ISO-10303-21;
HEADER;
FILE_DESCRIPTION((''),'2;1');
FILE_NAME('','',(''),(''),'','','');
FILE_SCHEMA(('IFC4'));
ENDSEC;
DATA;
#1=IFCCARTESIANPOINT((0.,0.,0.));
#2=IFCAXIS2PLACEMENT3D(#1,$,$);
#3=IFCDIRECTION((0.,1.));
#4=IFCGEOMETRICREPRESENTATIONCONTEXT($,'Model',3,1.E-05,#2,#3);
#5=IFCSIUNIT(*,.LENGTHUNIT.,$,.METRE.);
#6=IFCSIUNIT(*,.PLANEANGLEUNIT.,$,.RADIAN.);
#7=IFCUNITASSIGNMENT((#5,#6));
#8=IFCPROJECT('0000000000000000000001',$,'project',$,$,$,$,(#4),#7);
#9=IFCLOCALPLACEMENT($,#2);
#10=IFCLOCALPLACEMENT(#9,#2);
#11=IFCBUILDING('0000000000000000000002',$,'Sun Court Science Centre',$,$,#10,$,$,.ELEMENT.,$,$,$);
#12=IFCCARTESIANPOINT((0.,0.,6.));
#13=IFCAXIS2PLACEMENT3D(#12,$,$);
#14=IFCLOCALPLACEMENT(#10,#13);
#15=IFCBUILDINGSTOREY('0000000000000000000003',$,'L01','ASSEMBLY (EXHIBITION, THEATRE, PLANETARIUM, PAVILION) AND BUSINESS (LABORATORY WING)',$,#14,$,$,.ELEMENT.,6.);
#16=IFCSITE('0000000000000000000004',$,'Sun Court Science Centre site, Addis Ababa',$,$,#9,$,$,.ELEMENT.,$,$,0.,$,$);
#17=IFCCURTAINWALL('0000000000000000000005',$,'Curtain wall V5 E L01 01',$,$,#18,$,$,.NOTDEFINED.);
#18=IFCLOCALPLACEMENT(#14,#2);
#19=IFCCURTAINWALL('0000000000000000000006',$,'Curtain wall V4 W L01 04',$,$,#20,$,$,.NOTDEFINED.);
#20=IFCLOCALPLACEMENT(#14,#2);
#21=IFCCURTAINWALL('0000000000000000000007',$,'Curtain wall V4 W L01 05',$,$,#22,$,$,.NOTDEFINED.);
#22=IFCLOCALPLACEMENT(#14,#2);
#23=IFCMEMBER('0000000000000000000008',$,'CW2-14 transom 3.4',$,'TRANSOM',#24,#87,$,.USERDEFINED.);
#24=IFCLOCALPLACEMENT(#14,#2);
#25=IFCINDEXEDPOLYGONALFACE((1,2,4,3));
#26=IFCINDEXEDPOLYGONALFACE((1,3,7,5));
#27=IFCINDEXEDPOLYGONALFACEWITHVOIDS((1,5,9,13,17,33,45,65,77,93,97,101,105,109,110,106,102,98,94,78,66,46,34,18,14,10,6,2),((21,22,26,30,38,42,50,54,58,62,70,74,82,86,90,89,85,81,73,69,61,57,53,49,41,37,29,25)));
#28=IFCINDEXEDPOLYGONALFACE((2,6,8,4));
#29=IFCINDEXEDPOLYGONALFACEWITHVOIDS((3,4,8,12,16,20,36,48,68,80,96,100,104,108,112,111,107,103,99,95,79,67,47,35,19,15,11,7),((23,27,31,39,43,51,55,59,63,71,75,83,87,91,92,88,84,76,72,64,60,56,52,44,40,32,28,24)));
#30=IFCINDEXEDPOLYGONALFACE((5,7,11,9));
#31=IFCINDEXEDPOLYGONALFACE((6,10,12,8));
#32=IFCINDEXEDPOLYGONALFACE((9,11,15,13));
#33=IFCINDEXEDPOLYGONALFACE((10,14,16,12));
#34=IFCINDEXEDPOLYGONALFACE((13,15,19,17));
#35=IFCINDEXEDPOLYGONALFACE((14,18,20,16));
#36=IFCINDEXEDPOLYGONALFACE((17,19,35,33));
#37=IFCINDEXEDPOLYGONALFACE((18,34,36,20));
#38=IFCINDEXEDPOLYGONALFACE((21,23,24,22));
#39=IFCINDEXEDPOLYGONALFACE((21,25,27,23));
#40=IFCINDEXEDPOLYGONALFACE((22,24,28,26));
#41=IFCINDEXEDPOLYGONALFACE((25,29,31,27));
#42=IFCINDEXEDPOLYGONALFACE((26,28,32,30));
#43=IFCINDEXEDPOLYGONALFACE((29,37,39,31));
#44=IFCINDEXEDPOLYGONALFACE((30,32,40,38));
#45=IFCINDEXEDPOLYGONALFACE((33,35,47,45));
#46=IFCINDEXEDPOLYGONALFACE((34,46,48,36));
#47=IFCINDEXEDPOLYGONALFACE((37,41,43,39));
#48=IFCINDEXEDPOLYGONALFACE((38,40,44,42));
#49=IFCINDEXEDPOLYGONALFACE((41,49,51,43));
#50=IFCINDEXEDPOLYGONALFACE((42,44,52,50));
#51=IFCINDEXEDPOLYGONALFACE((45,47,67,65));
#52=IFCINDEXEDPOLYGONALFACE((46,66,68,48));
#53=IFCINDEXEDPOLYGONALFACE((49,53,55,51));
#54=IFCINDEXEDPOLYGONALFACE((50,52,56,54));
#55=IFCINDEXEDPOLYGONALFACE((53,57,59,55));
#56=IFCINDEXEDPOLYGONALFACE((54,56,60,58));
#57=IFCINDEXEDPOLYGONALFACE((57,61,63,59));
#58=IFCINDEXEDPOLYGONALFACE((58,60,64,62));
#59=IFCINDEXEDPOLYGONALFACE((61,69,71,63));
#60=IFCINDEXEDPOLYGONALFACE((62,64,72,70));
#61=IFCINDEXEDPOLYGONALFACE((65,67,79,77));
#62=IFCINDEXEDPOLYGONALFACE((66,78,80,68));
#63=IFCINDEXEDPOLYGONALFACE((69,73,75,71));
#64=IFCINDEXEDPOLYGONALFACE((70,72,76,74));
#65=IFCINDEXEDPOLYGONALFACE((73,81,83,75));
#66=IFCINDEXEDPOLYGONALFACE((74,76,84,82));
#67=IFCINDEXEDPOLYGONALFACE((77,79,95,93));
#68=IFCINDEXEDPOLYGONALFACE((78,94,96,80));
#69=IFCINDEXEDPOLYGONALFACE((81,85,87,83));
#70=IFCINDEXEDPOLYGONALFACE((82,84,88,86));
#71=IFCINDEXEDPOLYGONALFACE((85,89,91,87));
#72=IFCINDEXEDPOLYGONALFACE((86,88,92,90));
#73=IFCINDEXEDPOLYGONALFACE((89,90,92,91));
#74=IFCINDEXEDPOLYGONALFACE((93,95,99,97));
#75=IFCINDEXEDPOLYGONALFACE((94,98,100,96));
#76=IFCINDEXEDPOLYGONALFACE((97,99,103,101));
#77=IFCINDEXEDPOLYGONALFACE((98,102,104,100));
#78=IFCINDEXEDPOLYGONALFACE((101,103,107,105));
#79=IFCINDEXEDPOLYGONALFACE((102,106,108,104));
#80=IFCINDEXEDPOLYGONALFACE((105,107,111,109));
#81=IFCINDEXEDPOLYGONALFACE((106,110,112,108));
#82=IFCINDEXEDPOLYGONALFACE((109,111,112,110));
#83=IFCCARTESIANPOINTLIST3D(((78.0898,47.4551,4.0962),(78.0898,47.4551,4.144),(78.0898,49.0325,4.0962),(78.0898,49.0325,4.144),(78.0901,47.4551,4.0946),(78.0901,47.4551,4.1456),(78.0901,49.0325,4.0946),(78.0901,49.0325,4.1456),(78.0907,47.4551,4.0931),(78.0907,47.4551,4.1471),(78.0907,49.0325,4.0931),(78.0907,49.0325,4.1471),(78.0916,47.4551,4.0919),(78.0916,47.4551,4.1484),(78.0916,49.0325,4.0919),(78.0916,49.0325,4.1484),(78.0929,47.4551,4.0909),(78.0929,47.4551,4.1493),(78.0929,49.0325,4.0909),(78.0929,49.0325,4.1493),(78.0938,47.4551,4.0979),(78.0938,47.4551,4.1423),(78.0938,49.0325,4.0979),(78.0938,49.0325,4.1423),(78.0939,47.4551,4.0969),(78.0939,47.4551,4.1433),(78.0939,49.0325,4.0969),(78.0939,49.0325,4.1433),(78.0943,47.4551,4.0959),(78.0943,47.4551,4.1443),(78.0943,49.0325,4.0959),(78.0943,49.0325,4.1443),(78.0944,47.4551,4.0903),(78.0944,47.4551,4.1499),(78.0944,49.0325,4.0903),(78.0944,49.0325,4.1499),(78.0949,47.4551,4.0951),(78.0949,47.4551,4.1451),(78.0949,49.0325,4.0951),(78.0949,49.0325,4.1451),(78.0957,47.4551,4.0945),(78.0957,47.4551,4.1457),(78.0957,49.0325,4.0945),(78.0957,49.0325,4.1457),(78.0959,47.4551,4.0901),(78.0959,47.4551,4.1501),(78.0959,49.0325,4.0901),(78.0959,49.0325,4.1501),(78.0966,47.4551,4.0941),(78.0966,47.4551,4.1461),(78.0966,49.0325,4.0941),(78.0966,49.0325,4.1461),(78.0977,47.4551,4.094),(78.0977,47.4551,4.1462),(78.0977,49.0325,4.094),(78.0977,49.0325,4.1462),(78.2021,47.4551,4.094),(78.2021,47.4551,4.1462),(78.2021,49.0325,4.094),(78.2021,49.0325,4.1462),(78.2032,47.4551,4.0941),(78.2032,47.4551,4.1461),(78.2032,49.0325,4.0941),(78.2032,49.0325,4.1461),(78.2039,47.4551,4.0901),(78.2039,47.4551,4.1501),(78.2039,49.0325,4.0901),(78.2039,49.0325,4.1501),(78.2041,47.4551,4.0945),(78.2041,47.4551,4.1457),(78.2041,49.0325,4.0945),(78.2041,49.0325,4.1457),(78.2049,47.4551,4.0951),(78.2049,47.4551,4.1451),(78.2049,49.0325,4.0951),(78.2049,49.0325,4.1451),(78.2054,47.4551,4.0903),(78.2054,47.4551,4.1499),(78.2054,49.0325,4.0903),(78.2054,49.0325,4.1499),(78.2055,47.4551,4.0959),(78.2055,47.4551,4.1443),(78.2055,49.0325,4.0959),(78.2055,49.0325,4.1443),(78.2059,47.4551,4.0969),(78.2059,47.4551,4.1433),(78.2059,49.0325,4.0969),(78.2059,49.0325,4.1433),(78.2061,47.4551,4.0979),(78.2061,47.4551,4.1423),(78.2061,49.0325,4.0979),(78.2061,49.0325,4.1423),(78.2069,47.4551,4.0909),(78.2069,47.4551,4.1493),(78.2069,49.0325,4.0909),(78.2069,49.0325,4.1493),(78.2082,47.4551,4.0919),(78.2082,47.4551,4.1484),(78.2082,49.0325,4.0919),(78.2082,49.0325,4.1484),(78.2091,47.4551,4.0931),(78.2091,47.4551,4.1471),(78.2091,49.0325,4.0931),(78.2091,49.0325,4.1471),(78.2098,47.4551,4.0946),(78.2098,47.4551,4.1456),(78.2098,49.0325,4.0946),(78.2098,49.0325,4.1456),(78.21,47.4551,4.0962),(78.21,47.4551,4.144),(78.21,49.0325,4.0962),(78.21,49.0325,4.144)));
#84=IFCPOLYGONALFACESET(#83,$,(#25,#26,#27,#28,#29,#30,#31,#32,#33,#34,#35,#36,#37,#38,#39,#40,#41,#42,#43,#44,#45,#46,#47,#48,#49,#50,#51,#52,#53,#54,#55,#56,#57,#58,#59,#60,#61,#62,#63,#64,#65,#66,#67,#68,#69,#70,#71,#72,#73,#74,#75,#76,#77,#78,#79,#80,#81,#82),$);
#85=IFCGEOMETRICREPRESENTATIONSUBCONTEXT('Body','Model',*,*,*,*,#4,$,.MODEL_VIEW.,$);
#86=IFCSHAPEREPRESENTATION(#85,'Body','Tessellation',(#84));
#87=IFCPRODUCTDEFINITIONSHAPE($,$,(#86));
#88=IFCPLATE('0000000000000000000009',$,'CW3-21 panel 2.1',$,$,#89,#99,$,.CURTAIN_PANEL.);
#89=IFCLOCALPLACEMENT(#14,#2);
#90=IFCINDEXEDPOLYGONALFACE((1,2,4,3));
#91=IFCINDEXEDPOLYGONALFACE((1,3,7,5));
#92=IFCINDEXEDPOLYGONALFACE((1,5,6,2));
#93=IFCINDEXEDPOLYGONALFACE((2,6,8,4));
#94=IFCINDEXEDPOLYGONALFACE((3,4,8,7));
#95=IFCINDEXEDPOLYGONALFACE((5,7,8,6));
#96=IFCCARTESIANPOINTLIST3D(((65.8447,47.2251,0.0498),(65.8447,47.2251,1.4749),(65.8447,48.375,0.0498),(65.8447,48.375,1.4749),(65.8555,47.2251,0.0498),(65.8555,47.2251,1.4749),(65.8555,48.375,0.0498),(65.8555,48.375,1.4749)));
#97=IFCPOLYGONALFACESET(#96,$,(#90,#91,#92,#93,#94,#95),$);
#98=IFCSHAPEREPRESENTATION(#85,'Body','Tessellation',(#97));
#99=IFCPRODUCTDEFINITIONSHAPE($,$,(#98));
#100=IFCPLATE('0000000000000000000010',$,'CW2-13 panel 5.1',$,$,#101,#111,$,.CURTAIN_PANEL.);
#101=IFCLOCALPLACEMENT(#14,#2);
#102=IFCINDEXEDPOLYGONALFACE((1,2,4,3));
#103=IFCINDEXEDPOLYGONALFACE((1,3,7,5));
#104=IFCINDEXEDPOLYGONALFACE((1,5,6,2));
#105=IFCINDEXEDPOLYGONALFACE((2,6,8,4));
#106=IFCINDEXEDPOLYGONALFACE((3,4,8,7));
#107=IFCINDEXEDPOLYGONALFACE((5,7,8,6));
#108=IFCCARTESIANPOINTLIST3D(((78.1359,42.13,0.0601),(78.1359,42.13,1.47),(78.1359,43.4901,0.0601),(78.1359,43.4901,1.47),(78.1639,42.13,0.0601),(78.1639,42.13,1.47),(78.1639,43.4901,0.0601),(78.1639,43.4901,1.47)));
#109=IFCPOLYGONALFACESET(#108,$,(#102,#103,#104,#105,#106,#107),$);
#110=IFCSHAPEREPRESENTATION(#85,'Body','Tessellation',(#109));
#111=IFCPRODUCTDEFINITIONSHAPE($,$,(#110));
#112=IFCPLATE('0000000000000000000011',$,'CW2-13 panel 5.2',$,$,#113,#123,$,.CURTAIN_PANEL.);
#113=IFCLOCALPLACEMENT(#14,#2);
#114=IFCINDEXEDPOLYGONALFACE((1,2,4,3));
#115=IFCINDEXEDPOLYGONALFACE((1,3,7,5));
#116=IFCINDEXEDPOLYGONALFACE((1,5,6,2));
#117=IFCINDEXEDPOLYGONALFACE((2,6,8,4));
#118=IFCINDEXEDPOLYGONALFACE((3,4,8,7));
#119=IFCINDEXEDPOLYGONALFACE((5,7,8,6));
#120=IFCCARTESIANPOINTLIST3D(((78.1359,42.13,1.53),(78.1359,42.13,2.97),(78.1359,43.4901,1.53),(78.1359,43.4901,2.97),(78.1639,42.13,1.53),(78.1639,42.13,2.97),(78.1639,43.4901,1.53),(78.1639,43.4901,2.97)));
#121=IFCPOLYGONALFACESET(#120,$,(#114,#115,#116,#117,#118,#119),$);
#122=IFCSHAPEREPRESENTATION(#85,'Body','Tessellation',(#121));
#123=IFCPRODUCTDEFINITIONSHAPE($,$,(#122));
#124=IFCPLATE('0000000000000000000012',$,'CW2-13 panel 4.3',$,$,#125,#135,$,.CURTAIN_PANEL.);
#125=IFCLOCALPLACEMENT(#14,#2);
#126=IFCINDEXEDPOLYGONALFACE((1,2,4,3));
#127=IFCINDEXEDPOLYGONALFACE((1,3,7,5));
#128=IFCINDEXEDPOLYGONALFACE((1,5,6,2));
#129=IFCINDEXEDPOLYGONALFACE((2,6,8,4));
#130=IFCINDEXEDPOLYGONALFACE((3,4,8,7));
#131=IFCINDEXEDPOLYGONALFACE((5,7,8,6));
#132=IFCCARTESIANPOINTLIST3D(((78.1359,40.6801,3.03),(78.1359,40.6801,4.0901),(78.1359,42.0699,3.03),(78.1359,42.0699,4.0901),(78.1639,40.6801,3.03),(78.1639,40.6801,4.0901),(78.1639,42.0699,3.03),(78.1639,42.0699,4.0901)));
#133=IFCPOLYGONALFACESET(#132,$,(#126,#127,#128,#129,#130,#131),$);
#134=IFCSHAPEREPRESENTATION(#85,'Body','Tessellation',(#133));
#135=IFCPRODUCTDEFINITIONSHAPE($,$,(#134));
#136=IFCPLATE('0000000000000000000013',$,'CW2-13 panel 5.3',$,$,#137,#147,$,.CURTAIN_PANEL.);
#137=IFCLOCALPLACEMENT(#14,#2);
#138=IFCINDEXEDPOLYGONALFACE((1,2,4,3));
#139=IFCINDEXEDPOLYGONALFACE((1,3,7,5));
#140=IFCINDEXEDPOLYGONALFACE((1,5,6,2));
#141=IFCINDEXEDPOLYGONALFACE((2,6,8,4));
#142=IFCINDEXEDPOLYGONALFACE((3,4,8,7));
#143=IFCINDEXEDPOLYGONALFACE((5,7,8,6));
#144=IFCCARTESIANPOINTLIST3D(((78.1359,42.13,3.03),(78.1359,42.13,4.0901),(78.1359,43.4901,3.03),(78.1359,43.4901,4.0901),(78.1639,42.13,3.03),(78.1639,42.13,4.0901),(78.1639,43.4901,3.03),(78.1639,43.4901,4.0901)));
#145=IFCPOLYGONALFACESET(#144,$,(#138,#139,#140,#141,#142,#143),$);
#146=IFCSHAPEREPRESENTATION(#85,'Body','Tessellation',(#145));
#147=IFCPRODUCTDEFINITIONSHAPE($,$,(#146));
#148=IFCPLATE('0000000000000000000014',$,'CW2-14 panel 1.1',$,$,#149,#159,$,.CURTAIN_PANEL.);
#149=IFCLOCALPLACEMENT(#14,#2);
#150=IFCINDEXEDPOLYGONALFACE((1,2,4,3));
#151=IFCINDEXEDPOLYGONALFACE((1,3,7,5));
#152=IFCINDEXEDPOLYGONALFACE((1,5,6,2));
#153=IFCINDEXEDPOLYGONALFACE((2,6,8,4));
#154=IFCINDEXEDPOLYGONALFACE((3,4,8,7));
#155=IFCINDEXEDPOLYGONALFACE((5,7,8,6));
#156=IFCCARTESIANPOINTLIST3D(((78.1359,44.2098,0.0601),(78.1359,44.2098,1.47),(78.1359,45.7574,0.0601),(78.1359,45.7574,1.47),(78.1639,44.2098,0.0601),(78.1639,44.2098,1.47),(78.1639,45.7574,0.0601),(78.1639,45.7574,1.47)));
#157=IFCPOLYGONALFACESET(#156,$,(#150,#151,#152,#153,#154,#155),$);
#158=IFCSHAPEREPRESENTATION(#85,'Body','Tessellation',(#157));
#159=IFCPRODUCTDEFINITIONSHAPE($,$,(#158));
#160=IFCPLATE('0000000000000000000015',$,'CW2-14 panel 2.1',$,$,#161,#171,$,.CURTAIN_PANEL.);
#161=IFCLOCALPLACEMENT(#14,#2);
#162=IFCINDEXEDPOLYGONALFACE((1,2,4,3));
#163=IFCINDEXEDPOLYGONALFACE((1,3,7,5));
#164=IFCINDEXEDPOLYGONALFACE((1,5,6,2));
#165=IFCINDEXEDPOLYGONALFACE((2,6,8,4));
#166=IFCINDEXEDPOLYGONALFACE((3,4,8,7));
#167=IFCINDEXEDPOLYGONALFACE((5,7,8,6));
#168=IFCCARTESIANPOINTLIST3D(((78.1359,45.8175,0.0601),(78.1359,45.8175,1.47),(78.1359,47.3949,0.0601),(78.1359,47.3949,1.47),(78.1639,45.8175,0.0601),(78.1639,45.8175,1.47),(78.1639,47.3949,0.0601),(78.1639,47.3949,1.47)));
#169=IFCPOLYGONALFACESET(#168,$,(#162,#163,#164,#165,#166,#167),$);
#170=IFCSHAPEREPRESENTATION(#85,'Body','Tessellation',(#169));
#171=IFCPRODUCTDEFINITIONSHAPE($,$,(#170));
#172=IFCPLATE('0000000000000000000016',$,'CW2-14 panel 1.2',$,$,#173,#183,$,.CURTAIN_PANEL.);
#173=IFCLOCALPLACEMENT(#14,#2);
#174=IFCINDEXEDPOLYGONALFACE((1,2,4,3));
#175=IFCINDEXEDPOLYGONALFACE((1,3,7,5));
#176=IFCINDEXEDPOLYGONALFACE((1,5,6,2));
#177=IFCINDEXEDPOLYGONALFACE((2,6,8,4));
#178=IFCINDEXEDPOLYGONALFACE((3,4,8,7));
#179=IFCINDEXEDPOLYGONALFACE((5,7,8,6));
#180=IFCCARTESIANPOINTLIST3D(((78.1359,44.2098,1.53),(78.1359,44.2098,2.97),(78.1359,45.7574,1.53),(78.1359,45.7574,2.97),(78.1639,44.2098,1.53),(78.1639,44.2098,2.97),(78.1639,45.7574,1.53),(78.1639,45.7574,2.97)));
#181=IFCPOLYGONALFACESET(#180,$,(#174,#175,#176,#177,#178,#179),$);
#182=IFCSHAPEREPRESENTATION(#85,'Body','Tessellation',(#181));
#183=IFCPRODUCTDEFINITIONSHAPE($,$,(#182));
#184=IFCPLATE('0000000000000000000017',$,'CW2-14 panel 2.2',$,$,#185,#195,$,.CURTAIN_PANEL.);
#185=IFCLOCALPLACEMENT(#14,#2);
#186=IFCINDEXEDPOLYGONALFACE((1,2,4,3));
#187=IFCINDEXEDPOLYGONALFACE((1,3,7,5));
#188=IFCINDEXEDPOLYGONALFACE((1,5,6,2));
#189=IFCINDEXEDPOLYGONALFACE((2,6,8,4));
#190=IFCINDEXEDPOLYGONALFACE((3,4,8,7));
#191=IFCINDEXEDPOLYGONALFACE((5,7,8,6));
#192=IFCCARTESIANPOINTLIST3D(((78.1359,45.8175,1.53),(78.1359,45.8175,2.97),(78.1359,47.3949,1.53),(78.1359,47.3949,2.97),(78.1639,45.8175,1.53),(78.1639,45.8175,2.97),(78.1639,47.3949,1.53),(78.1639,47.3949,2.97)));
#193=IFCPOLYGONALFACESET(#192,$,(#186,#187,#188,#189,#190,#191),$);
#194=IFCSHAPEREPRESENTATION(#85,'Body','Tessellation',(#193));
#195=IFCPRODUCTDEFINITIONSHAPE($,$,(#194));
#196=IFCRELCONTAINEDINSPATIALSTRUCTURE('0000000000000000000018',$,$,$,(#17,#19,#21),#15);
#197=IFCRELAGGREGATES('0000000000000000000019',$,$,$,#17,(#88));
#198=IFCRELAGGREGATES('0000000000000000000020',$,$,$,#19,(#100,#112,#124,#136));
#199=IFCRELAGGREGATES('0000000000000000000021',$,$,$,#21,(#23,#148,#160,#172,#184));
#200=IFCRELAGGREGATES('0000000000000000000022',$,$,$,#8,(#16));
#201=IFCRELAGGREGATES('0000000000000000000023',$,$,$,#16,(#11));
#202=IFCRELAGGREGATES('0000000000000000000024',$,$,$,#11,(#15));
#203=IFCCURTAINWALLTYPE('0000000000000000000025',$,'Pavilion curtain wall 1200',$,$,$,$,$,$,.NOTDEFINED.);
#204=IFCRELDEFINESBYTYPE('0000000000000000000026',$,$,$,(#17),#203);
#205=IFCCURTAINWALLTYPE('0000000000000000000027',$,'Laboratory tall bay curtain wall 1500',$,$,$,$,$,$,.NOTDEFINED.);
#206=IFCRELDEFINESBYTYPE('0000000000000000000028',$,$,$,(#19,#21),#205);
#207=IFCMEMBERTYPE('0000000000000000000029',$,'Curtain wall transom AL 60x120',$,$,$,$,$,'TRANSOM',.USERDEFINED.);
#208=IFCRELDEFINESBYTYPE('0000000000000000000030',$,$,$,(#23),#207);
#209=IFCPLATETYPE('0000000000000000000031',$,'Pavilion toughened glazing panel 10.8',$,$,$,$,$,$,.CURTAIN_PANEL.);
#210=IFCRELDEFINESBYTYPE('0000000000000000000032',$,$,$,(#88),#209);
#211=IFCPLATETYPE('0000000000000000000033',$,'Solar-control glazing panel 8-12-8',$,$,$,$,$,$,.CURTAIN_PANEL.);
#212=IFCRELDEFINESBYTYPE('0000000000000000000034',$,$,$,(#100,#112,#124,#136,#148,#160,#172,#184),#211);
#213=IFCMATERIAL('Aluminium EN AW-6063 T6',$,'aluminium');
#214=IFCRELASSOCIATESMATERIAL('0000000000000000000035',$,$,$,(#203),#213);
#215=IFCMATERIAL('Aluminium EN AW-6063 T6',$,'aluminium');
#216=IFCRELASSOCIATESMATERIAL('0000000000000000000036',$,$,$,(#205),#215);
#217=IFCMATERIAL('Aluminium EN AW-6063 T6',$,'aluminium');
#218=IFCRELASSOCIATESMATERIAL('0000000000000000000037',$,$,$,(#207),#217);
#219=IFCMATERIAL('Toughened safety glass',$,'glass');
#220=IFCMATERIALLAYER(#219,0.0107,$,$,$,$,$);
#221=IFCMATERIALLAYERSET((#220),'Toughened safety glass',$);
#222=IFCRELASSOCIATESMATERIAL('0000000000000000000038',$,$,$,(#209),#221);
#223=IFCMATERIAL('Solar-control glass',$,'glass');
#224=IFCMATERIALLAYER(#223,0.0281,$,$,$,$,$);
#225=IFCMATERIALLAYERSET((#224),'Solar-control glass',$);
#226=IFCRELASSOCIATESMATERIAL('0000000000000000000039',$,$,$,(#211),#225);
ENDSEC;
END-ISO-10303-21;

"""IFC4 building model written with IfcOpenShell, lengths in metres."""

from ifc_helpers import new_model, si_unit, direction, frame, origin, origin_2d, place, context, subcontext, project, spatial, rectangle, hollow_rectangle, extrude, material, layer, layer_set, material_profile, profile_set, type_object, element, aggregate, save


model = new_model("IFC4")

# Units and contexts
model_context = context("Model", 3, precision=1e-05, world=origin(), true_north=direction((0.0, 1.0)))
body_context = subcontext(model_context, "Body", "Model", "MODEL_VIEW")
ifc_project = project(units=[si_unit("LENGTHUNIT", "METRE"), si_unit("PLANEANGLEUNIT", "RADIAN")], contexts=[model_context])

# Site, building, storey
site_placement = place(None, origin())
site = spatial("IfcSite", under=ifc_project, at=site_placement, Name="Sun Court Science Centre site, Addis Ababa", CompositionType="ELEMENT", RefElevation=0.0)
building_placement = place(site_placement, origin())
building = spatial("IfcBuilding", under=site, at=building_placement, Name="Sun Court Science Centre", CompositionType="ELEMENT")
storey_placement = place(building_placement, frame((0.0, 0.0, 6.0)))
storey = spatial("IfcBuildingStorey", under=building, at=storey_placement, Name="L01", Description="ASSEMBLY (EXHIBITION, THEATRE, PLANETARIUM, PAVILION) AND BUSINESS (LABORATORY WING)", CompositionType="ELEMENT", Elevation=6.0)

# Curtain wall
ifc_material_1 = material(Name="Aluminium EN AW-6063 T6", Category="aluminium")
curtain_wall_type_1 = type_object("IfcCurtainWallType", Name="Pavilion curtain wall 1200", PredefinedType="NOTDEFINED", material=ifc_material_1)
curtain_wall_1_placement = place(storey_placement, origin())
curtain_wall_1 = element("IfcCurtainWall", 1, at=curtain_wall_1_placement, inside=storey, type_object=curtain_wall_type_1, Name="Curtain wall V5 E L01 01", PredefinedType="NOTDEFINED")

# Curtain walls
ifc_material_2 = material(Name="Aluminium EN AW-6063 T6", Category="aluminium")
curtain_wall_type_2 = type_object("IfcCurtainWallType", Name="Laboratory tall bay curtain wall 1500", PredefinedType="NOTDEFINED", material=ifc_material_2)
curtain_wall_2_placement = place(storey_placement, origin())
curtain_wall_2 = element("IfcCurtainWall", 2, at=curtain_wall_2_placement, inside=storey, type_object=curtain_wall_type_2, Name="Curtain wall V4 W L01 04", PredefinedType="NOTDEFINED")
curtain_wall_3_placement = place(storey_placement, origin())
curtain_wall_3 = element("IfcCurtainWall", 3, at=curtain_wall_3_placement, inside=storey, type_object=curtain_wall_type_2, Name="Curtain wall V4 W L01 05", PredefinedType="NOTDEFINED")

# Member
ifc_material_3 = material(Name="Aluminium EN AW-6063 T6", Category="aluminium")
ifc_material_profile_1 = material_profile(ifc_material_3, hollow_rectangle(XDim=0.0601, YDim=0.1201, WallThickness=0.0039, InnerFilletRadius=0.0039, OuterFilletRadius=0.0061, at=origin_2d()), Name="AL 60x120x4")
ifc_profile_set_1 = profile_set([ifc_material_profile_1], Name="Aluminium EN AW-6063 T6")
member_type_1 = type_object("IfcMemberType", Name="Curtain wall transom AL 60x120", ElementType="TRANSOM", PredefinedType="USERDEFINED", material=ifc_profile_set_1)
member_1_placement = place(storey_placement, frame((78.1499, 47.4551, 4.1201), z_axis=(0.0, 1.0, 0.0), x_axis=(0.0, 0.0, 1.0)))
member_1 = element("IfcMember", 4, at=member_1_placement, type_object=member_type_1, Name="CW2-14 transom 3.4", ObjectType="TRANSOM", PredefinedType="USERDEFINED", context=body_context, shape_type="SweptSolid", body=[
    extrude(hollow_rectangle(XDim=0.0601, YDim=0.1201, WallThickness=0.0039, InnerFilletRadius=0.0039, OuterFilletRadius=0.0061, at=origin_2d()), origin(), (0.0, 0.0, 1.0), 1.5774),
])

# Plates
ifc_material_4 = material(Name="Toughened safety glass", Category="glass")
ifc_layer_1 = layer(ifc_material_4, 0.0107)
ifc_layer_set_1 = layer_set([ifc_layer_1], Name="Toughened safety glass")
plate_type_1 = type_object("IfcPlateType", Name="Pavilion toughened glazing panel 10.8", PredefinedType="CURTAIN_PANEL", material=ifc_layer_set_1)
plate_1_placement = place(storey_placement, frame((65.8501, 47.8, 0.0498), z_axis=(0.0, 0.0, 1.0), x_axis=(0.0, -1.0, 0.0)))
plate_1 = element("IfcPlate", 5, at=plate_1_placement, type_object=plate_type_1, Name="CW3-21 panel 2.1", PredefinedType="CURTAIN_PANEL", context=body_context, shape_type="SweptSolid", body=[
    extrude(rectangle(XDim=1.1499, YDim=0.0107, at=origin_2d()), origin(), (0.0, 0.0, 1.0), 1.425),
])
aggregate(curtain_wall_1, [plate_1])
ifc_material_5 = material(Name="Solar-control glass", Category="glass")
ifc_layer_2 = layer(ifc_material_5, 0.0281)
ifc_layer_set_2 = layer_set([ifc_layer_2], Name="Solar-control glass")
plate_type_2 = type_object("IfcPlateType", Name="Solar-control glazing panel 8-12-8", PredefinedType="CURTAIN_PANEL", material=ifc_layer_set_2)
plate_2_placement = place(storey_placement, frame((78.1499, 42.8101, 0.0601), z_axis=(0.0, 0.0, 1.0), x_axis=(0.0, 1.0, 0.0)))
plate_2 = element("IfcPlate", 6, at=plate_2_placement, type_object=plate_type_2, Name="CW2-13 panel 5.1", PredefinedType="CURTAIN_PANEL", context=body_context, shape_type="SweptSolid", body=[
    extrude(rectangle(XDim=1.3601, YDim=0.0281, at=origin_2d()), origin(), (0.0, 0.0, 1.0), 1.4099),
])
plate_3_placement = place(storey_placement, frame((78.1499, 42.8101, 1.53), z_axis=(0.0, 0.0, 1.0), x_axis=(0.0, 1.0, 0.0)))
plate_3 = element("IfcPlate", 7, at=plate_3_placement, type_object=plate_type_2, Name="CW2-13 panel 5.2", PredefinedType="CURTAIN_PANEL", context=body_context, shape_type="SweptSolid", body=[
    extrude(rectangle(XDim=1.3601, YDim=0.0281, at=origin_2d()), origin(), (0.0, 0.0, 1.0), 1.4399),
])
plate_4_placement = place(storey_placement, frame((78.1499, 41.375, 3.03), z_axis=(0.0, 0.0, 1.0), x_axis=(0.0, 1.0, 0.0)))
plate_4 = element("IfcPlate", 8, at=plate_4_placement, type_object=plate_type_2, Name="CW2-13 panel 4.3", PredefinedType="CURTAIN_PANEL", context=body_context, shape_type="SweptSolid", body=[
    extrude(rectangle(XDim=1.3899, YDim=0.0281, at=origin_2d()), origin(), (0.0, 0.0, 1.0), 1.0601),
])
plate_5_placement = place(storey_placement, frame((78.1499, 42.8101, 3.03), z_axis=(0.0, 0.0, 1.0), x_axis=(0.0, 1.0, 0.0)))
plate_5 = element("IfcPlate", 9, at=plate_5_placement, type_object=plate_type_2, Name="CW2-13 panel 5.3", PredefinedType="CURTAIN_PANEL", context=body_context, shape_type="SweptSolid", body=[
    extrude(rectangle(XDim=1.3601, YDim=0.0281, at=origin_2d()), origin(), (0.0, 0.0, 1.0), 1.0601),
])
aggregate(curtain_wall_2, [plate_2, plate_3, plate_4, plate_5])
plate_6_placement = place(storey_placement, frame((78.1499, 44.9836, 0.0601), z_axis=(0.0, 0.0, 1.0), x_axis=(0.0, 1.0, 0.0)))
plate_6 = element("IfcPlate", 10, at=plate_6_placement, type_object=plate_type_2, Name="CW2-14 panel 1.1", PredefinedType="CURTAIN_PANEL", context=body_context, shape_type="SweptSolid", body=[
    extrude(rectangle(XDim=1.5476, YDim=0.0281, at=origin_2d()), origin(), (0.0, 0.0, 1.0), 1.4099),
])
plate_7_placement = place(storey_placement, frame((78.1499, 46.6062, 0.0601), z_axis=(0.0, 0.0, 1.0), x_axis=(0.0, 1.0, 0.0)))
plate_7 = element("IfcPlate", 11, at=plate_7_placement, type_object=plate_type_2, Name="CW2-14 panel 2.1", PredefinedType="CURTAIN_PANEL", context=body_context, shape_type="SweptSolid", body=[
    extrude(rectangle(XDim=1.5774, YDim=0.0281, at=origin_2d()), origin(), (0.0, 0.0, 1.0), 1.4099),
])
plate_8_placement = place(storey_placement, frame((78.1499, 44.9836, 1.53), z_axis=(0.0, 0.0, 1.0), x_axis=(0.0, 1.0, 0.0)))
plate_8 = element("IfcPlate", 12, at=plate_8_placement, type_object=plate_type_2, Name="CW2-14 panel 1.2", PredefinedType="CURTAIN_PANEL", context=body_context, shape_type="SweptSolid", body=[
    extrude(rectangle(XDim=1.5476, YDim=0.0281, at=origin_2d()), origin(), (0.0, 0.0, 1.0), 1.4399),
])
plate_9_placement = place(storey_placement, frame((78.1499, 46.6062, 1.53), z_axis=(0.0, 0.0, 1.0), x_axis=(0.0, 1.0, 0.0)))
plate_9 = element("IfcPlate", 13, at=plate_9_placement, type_object=plate_type_2, Name="CW2-14 panel 2.2", PredefinedType="CURTAIN_PANEL", context=body_context, shape_type="SweptSolid", body=[
    extrude(rectangle(XDim=1.5774, YDim=0.0281, at=origin_2d()), origin(), (0.0, 0.0, 1.0), 1.4399),
])
aggregate(curtain_wall_3, [member_1, plate_6, plate_7, plate_8, plate_9])

save(model, "model.ifc")
